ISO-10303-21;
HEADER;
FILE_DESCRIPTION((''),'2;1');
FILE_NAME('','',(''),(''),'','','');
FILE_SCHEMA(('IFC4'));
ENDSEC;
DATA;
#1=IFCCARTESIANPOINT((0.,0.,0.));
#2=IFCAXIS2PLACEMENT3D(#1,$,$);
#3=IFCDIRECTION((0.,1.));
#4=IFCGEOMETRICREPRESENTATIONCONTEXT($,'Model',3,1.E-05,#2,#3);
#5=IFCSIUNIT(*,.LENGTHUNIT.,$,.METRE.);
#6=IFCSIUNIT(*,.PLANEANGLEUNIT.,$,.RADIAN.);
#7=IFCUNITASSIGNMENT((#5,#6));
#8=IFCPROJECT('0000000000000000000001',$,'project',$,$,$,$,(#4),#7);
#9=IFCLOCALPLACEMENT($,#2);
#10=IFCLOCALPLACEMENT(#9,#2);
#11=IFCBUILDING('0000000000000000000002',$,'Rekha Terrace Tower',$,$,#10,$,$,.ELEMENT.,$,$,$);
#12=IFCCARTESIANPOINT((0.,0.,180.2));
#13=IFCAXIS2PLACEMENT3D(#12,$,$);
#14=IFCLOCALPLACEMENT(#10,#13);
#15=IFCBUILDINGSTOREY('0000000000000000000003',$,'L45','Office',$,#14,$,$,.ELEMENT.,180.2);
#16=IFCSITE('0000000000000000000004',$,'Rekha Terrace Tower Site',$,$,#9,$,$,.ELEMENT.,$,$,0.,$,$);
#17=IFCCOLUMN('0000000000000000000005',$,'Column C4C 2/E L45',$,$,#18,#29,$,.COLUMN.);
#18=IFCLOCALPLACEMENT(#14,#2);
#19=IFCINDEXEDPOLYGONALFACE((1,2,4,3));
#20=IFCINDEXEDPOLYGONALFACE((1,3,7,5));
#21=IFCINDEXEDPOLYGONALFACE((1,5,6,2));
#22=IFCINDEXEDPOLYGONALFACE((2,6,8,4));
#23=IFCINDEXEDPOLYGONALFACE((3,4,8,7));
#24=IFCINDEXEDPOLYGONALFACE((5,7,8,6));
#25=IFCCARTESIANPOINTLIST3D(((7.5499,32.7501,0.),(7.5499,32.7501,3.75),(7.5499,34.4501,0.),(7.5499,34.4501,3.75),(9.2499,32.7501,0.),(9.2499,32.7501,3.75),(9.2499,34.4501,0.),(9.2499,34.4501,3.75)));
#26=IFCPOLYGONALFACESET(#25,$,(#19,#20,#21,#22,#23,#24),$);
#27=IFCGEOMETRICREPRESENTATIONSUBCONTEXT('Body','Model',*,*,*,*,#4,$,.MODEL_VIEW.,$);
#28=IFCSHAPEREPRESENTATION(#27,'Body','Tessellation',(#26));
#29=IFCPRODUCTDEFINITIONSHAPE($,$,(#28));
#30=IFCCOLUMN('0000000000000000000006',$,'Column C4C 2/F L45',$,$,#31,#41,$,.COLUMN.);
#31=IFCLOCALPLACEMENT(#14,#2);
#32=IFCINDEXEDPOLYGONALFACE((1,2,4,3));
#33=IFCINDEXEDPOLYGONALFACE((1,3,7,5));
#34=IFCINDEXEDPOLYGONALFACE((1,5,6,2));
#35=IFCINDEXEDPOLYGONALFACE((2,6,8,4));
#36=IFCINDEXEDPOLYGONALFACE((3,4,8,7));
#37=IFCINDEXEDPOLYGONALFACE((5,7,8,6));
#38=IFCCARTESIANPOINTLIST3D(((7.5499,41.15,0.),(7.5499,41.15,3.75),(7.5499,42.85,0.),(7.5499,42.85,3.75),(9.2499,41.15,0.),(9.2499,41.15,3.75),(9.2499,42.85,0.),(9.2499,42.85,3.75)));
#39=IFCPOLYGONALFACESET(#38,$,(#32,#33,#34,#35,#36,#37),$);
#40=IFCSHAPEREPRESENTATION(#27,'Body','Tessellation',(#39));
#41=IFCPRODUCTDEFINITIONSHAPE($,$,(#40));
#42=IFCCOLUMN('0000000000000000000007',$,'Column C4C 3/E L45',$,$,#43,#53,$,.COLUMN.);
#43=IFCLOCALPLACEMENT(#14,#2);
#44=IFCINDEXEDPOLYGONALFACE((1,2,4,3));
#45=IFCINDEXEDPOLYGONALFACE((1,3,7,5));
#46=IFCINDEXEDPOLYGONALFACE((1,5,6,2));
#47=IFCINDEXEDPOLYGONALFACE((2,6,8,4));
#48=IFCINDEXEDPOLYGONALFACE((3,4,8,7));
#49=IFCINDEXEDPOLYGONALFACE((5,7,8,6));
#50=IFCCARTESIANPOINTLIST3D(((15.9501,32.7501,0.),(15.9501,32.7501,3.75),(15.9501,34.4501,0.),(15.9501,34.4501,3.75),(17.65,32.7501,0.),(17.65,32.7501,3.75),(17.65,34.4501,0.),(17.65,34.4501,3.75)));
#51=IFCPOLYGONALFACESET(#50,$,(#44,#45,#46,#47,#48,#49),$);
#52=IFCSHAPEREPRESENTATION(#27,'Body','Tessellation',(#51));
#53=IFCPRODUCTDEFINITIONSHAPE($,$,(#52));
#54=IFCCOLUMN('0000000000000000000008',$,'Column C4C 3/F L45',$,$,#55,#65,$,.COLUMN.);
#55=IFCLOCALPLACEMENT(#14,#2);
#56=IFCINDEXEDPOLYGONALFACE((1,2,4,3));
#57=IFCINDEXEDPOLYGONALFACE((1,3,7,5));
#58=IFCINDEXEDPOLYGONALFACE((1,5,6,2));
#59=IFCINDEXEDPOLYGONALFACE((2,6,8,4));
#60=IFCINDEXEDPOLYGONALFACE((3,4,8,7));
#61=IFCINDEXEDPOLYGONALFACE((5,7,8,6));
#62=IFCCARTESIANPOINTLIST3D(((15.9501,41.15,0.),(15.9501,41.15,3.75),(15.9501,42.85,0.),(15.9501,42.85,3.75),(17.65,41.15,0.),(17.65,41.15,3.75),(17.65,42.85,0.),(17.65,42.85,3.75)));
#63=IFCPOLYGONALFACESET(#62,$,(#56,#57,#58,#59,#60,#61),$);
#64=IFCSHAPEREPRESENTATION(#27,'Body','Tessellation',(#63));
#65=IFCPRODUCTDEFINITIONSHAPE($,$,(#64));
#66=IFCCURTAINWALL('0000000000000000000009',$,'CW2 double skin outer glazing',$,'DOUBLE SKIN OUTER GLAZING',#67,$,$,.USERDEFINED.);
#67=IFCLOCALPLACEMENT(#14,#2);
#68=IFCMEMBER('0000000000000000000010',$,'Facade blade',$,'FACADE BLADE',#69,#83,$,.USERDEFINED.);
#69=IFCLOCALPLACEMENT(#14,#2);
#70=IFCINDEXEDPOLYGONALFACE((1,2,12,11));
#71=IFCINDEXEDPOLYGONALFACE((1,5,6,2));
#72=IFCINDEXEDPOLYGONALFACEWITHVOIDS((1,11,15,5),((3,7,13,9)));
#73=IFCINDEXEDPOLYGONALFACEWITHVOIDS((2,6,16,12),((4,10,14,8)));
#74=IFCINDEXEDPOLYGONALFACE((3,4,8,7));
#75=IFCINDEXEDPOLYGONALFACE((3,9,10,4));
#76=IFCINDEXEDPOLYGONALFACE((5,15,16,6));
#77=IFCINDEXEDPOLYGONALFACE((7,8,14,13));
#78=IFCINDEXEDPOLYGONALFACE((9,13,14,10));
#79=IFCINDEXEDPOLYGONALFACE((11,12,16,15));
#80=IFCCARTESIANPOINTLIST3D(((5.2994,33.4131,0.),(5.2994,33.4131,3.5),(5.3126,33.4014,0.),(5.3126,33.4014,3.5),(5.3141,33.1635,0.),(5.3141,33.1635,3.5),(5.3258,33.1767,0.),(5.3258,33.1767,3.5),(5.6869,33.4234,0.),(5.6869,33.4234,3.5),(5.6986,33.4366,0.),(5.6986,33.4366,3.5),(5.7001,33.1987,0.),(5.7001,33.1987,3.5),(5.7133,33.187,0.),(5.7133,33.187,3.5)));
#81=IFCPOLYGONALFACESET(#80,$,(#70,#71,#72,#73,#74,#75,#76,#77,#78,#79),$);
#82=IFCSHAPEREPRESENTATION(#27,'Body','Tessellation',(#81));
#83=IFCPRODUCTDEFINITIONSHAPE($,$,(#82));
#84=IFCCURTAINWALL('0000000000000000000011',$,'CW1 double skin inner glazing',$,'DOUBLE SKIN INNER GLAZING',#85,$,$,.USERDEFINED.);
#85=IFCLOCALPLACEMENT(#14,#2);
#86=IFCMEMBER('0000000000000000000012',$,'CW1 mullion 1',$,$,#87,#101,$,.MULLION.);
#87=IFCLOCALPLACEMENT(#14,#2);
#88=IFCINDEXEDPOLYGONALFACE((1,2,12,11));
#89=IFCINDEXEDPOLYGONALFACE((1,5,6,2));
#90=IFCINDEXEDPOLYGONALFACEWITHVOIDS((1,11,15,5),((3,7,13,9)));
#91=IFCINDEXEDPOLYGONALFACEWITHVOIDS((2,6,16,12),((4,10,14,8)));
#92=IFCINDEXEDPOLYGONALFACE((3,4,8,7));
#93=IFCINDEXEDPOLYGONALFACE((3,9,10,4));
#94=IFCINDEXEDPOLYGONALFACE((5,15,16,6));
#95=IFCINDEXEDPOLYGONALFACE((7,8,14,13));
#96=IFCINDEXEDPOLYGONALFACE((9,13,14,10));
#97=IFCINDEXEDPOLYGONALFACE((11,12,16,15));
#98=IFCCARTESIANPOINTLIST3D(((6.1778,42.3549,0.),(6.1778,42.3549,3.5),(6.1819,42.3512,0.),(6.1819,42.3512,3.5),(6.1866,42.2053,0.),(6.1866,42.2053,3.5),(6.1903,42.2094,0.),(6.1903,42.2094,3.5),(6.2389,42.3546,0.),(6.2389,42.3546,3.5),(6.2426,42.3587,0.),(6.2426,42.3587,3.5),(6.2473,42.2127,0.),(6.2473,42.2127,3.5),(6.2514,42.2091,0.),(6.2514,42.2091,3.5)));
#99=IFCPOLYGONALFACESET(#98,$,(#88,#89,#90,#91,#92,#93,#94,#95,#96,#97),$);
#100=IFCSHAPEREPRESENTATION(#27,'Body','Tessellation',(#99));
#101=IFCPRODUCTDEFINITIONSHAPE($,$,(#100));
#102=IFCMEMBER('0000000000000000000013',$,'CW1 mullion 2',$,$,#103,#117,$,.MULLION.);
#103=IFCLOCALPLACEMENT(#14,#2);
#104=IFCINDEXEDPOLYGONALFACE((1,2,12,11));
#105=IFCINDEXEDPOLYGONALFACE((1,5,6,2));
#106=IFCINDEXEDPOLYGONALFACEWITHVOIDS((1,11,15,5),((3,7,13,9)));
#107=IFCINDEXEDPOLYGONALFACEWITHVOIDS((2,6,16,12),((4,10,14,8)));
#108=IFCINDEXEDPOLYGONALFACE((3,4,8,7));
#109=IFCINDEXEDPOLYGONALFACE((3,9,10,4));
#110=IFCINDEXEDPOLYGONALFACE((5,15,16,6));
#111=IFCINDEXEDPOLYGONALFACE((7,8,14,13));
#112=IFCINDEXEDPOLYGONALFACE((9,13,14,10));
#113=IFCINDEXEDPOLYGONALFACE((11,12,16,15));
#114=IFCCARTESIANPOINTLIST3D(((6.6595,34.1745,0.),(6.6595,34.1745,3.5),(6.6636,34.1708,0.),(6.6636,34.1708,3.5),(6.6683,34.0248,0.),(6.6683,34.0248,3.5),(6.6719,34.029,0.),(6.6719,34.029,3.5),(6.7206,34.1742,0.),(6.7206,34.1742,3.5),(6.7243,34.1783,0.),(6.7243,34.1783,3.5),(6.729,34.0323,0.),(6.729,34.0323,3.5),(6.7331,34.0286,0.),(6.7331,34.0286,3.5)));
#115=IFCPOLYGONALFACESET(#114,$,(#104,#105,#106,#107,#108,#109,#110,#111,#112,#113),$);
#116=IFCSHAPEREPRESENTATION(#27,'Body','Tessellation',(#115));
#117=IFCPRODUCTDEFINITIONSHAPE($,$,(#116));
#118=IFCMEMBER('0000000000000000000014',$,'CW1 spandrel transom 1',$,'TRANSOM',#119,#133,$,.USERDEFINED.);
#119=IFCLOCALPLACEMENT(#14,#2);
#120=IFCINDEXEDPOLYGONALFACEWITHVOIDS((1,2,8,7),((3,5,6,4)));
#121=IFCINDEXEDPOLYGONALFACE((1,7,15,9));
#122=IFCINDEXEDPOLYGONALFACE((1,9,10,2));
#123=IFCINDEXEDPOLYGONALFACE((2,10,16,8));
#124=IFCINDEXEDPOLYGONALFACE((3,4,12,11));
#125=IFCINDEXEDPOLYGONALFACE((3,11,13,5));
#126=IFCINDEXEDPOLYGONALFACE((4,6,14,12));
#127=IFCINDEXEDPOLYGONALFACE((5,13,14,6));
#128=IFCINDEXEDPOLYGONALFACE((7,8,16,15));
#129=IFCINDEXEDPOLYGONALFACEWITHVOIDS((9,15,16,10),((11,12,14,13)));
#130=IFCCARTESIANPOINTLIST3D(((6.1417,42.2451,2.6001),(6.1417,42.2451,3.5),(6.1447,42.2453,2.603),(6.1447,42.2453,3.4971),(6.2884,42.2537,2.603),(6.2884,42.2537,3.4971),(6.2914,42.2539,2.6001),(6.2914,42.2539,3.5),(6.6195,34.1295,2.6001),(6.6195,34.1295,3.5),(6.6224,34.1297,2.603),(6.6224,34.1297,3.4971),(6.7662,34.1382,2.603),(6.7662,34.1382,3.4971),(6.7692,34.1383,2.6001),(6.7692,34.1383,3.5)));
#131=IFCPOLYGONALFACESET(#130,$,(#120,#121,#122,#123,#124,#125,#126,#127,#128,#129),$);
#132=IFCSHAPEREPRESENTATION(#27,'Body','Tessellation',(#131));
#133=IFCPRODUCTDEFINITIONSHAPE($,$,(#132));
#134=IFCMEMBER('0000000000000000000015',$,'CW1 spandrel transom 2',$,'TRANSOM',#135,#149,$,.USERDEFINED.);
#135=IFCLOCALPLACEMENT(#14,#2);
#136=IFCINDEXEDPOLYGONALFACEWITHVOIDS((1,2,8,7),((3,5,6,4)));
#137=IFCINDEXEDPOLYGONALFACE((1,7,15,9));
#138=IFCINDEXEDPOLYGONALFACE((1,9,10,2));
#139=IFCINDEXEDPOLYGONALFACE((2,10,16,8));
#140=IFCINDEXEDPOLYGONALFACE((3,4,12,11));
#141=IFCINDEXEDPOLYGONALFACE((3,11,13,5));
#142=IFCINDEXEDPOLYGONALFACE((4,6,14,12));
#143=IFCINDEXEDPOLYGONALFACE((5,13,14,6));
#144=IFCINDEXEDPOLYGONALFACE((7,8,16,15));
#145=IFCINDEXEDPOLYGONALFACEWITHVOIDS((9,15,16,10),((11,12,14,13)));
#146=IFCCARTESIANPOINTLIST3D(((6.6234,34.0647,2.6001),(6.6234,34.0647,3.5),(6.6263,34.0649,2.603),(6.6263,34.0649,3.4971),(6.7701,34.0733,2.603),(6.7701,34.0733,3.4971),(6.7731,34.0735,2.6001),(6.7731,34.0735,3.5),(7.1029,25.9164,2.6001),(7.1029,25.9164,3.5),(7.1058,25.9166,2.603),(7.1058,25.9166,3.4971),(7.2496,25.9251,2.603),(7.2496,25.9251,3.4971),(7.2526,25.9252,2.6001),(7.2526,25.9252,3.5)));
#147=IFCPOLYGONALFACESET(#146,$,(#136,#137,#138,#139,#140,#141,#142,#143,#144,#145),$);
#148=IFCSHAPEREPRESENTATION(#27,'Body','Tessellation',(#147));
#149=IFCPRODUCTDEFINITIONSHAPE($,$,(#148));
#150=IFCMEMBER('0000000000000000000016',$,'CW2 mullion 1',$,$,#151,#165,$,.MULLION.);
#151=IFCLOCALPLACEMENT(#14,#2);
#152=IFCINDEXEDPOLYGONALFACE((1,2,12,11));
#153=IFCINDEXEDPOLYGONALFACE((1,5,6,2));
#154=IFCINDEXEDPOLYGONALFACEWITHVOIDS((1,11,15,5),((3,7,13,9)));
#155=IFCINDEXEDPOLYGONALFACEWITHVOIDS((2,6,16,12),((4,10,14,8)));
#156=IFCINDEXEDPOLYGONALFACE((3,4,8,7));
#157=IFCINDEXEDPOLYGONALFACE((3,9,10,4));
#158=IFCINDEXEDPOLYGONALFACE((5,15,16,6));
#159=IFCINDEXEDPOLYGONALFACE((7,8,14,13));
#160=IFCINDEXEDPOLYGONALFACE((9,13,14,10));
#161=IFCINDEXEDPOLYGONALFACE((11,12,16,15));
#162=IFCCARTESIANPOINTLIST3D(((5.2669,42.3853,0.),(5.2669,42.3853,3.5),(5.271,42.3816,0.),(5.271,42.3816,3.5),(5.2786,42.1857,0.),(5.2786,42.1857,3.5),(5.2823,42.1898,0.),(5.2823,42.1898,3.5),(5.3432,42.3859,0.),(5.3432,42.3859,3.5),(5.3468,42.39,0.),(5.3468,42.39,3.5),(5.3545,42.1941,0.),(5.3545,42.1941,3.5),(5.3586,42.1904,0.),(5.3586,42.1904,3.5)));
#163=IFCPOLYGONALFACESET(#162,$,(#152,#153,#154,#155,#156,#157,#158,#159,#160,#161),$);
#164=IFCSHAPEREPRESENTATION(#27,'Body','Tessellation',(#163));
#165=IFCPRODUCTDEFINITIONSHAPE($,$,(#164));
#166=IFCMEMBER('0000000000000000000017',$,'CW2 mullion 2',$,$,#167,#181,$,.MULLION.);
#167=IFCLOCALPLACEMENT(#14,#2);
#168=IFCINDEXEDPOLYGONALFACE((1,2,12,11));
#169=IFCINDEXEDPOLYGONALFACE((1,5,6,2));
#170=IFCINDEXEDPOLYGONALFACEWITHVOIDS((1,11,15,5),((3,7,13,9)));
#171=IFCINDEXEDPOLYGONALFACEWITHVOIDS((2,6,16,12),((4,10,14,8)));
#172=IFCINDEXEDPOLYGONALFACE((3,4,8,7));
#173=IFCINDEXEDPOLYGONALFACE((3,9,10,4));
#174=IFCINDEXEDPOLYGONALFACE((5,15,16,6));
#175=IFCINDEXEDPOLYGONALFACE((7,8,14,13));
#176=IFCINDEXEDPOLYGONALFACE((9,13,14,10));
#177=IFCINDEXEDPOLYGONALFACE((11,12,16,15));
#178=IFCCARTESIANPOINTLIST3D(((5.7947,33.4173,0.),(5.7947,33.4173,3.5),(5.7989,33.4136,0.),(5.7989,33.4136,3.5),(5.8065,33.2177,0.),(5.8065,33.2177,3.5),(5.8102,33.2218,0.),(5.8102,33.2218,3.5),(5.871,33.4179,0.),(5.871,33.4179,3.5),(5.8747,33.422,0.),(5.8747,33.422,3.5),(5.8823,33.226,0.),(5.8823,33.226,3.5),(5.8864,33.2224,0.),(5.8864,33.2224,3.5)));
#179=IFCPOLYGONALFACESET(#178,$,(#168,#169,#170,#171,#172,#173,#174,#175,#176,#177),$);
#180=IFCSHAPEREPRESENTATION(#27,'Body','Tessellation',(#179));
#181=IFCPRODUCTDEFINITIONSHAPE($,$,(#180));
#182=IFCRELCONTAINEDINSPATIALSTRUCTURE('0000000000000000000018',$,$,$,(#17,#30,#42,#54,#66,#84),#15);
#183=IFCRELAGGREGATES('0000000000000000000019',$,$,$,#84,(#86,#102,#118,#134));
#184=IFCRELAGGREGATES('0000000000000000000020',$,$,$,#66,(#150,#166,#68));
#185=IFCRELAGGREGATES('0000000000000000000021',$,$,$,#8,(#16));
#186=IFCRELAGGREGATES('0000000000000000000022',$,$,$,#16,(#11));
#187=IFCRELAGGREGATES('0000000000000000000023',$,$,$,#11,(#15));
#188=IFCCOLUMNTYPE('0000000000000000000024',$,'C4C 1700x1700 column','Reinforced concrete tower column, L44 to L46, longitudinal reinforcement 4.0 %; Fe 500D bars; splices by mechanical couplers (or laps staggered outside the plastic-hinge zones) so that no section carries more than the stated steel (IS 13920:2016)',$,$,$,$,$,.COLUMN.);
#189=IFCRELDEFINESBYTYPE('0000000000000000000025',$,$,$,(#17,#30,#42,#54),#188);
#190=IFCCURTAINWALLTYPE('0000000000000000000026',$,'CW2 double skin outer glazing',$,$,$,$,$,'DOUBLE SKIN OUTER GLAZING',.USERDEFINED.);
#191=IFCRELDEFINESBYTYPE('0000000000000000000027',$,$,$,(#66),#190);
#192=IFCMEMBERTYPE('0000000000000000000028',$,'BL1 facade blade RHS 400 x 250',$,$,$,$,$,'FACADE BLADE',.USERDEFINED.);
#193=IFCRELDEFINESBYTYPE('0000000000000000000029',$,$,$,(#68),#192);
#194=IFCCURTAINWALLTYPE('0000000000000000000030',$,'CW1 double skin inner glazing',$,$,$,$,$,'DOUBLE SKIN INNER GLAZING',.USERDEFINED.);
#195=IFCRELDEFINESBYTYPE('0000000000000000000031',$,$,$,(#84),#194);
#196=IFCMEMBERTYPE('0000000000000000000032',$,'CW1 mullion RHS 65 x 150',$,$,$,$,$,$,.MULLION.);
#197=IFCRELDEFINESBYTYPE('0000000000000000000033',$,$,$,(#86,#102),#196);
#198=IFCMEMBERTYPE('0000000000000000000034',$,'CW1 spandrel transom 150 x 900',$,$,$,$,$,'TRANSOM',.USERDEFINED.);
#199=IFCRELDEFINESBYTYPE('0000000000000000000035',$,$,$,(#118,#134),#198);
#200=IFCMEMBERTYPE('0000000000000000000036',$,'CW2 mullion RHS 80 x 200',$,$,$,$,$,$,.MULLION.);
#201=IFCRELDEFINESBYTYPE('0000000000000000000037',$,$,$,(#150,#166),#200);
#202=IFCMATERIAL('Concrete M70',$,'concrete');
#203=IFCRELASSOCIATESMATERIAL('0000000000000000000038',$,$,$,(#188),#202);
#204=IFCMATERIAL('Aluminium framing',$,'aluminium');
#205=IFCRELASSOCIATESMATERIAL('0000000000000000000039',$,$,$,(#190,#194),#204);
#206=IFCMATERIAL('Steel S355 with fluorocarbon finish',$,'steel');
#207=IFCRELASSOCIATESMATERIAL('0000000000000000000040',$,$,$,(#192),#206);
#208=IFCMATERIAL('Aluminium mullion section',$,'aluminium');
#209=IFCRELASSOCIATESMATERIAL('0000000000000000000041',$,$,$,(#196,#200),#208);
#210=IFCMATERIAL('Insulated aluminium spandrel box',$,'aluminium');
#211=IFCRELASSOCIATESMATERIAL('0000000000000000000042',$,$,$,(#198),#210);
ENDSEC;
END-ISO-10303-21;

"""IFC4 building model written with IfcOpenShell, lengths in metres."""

from ifc_helpers import new_model, si_unit, direction, frame, origin, origin_2d, place, context, subcontext, project, spatial, rectangle, hollow_rectangle, extrude, material, material_profile, profile_set, type_object, element, aggregate, save


model = new_model("IFC4")

# Units and contexts
model_context = context("Model", 3, precision=1e-05, world=origin(), true_north=direction((0.0, 1.0)))
body_context = subcontext(model_context, "Body", "Model", "MODEL_VIEW")
ifc_project = project(units=[si_unit("LENGTHUNIT", "METRE"), si_unit("PLANEANGLEUNIT", "RADIAN")], contexts=[model_context])

# Site, building, storey
site_placement = place(None, origin())
site = spatial("IfcSite", under=ifc_project, at=site_placement, Name="Rekha Terrace Tower Site", CompositionType="ELEMENT", RefElevation=0.0)
building_placement = place(site_placement, origin())
building = spatial("IfcBuilding", under=site, at=building_placement, Name="Rekha Terrace Tower", CompositionType="ELEMENT")
storey_placement = place(building_placement, frame((0.0, 0.0, 180.2)))
storey = spatial("IfcBuildingStorey", under=building, at=storey_placement, Name="L45", Description="Office", CompositionType="ELEMENT", Elevation=180.2)

# Columns
ifc_material_1 = material(Name="Concrete M70", Category="concrete")
ifc_material_profile_1 = material_profile(ifc_material_1, rectangle(XDim=1.7, YDim=1.7, at=origin_2d()), Name="RC 1700x1700")
ifc_profile_set_1 = profile_set([ifc_material_profile_1], Name="Concrete M70")
column_type = type_object("IfcColumnType", Name="C4C 1700x1700 column", Description="Reinforced concrete tower column, L44 to L46, longitudinal reinforcement 4.0 %; Fe 500D bars; splices by mechanical couplers (or laps staggered outside the plastic-hinge zones) so that no section carries more than the stated steel (IS 13920:2016)", PredefinedType="COLUMN", material=ifc_profile_set_1)
for number, where, z_axis, x_axis, name in (
    (1, (8.3999, 33.6001, 0.0), (0.0, 0.0, 1.0), (1.0, 0.0, 0.0), "Column C4C 2/E L45"),
    (2, (8.3999, 42.0, 0.0), (0.0, 0.0, 1.0), (1.0, 0.0, 0.0), "Column C4C 2/F L45"),
    (3, (16.8, 33.6001, 0.0), (0.0, 0.0, 1.0), (1.0, 0.0, 0.0), "Column C4C 3/E L45"),
    (4, (16.8, 42.0, 0.0), (0.0, 0.0, 1.0), (1.0, 0.0, 0.0), "Column C4C 3/F L45"),
):
    element("IfcColumn", number, at=place(storey_placement, frame(where, z_axis=z_axis, x_axis=x_axis)), inside=storey, type_object=column_type, Name=name, PredefinedType="COLUMN", context=body_context, shape_type="SweptSolid", body=[
        extrude(rectangle(XDim=1.7, YDim=1.7, at=origin_2d()), origin(), (0.0, 0.0, 1.0), 3.75),
    ])

# Curtain wall, member
ifc_material_2 = material(Name="Aluminium framing", Category="aluminium")
curtain_wall_type_1 = type_object("IfcCurtainWallType", Name="CW2 double skin outer glazing", ElementType="DOUBLE SKIN OUTER GLAZING", PredefinedType="USERDEFINED", material=ifc_material_2)
curtain_wall_1_placement = place(storey_placement, origin())
curtain_wall_1 = element("IfcCurtainWall", 5, at=curtain_wall_1_placement, inside=storey, type_object=curtain_wall_type_1, Name="CW2 double skin outer glazing", ObjectType="DOUBLE SKIN OUTER GLAZING", PredefinedType="USERDEFINED")
ifc_material_3 = material(Name="Steel S355 with fluorocarbon finish", Category="steel")
ifc_material_profile_2 = material_profile(ifc_material_3, hollow_rectangle(XDim=0.25, YDim=0.3999, WallThickness=0.0125, at=origin_2d()), Name="RHS400x250x12.5")
ifc_profile_set_2 = profile_set([ifc_material_profile_2], Name="Steel S355 with fluorocarbon finish")
member_type_1 = type_object("IfcMemberType", Name="BL1 facade blade RHS 400 x 250", ElementType="FACADE BLADE", PredefinedType="USERDEFINED", material=ifc_profile_set_2)
member_1_placement = place(storey_placement, frame((5.5063, 33.3, 0.0), z_axis=(0.0, 0.0, 1.0), x_axis=(0.058765, -0.998272, 0.0)))
member_1 = element("IfcMember", 6, at=member_1_placement, type_object=member_type_1, Name="Facade blade", ObjectType="FACADE BLADE", PredefinedType="USERDEFINED", context=body_context, shape_type="SweptSolid", body=[
    extrude(hollow_rectangle(XDim=0.25, YDim=0.3999, WallThickness=0.0125, at=origin_2d()), origin(), (0.0, 0.0, 1.0), 3.5),
])

# Curtain wall, members
curtain_wall_type_2 = type_object("IfcCurtainWallType", Name="CW1 double skin inner glazing", ElementType="DOUBLE SKIN INNER GLAZING", PredefinedType="USERDEFINED", material=ifc_material_2)
curtain_wall_2_placement = place(storey_placement, origin())
curtain_wall_2 = element("IfcCurtainWall", 7, at=curtain_wall_2_placement, inside=storey, type_object=curtain_wall_type_2, Name="CW1 double skin inner glazing", ObjectType="DOUBLE SKIN INNER GLAZING", PredefinedType="USERDEFINED")
ifc_material_4 = material(Name="Aluminium mullion section", Category="aluminium")
ifc_material_profile_3 = material_profile(ifc_material_4, hollow_rectangle(XDim=0.0649, YDim=0.1499, WallThickness=0.0039, at=origin_2d()), Name="AL RHS 65x150")
ifc_profile_set_3 = profile_set([ifc_material_profile_3], Name="Aluminium mullion section")
member_type_2 = type_object("IfcMemberType", Name="CW1 mullion RHS 65 x 150", PredefinedType="MULLION", material=ifc_profile_set_3)
member_2_placement = place(storey_placement, frame((6.2146, 42.282, 0.0), z_axis=(0.0, 0.0, 1.0), x_axis=(0.998272, 0.058765, 0.0)))
member_2 = element("IfcMember", 8, at=member_2_placement, type_object=member_type_2, Name="CW1 mullion 1", PredefinedType="MULLION", context=body_context, shape_type="SweptSolid", body=[
    extrude(hollow_rectangle(XDim=0.0649, YDim=0.1499, WallThickness=0.0039, at=origin_2d()), origin(), (0.0, 0.0, 1.0), 3.5),
])
member_3_placement = place(storey_placement, frame((6.6963, 34.1016, 0.0), z_axis=(0.0, 0.0, 1.0), x_axis=(0.998272, 0.058765, 0.0)))
member_3 = element("IfcMember", 9, at=member_3_placement, type_object=member_type_2, Name="CW1 mullion 2", PredefinedType="MULLION", context=body_context, shape_type="SweptSolid", body=[
    extrude(hollow_rectangle(XDim=0.0649, YDim=0.1499, WallThickness=0.0039, at=origin_2d()), origin(), (0.0, 0.0, 1.0), 3.5),
])
ifc_material_5 = material(Name="Insulated aluminium spandrel box", Category="aluminium")
ifc_material_profile_4 = material_profile(ifc_material_5, hollow_rectangle(XDim=0.1499, YDim=0.8999, WallThickness=0.0029, at=origin_2d()), Name="AL SPANDREL BOX 150x900")
ifc_profile_set_4 = profile_set([ifc_material_profile_4], Name="Insulated aluminium spandrel box")
member_type_3 = type_object("IfcMemberType", Name="CW1 spandrel transom 150 x 900", ElementType="TRANSOM", PredefinedType="USERDEFINED", material=ifc_profile_set_4)
member_4_placement = place(storey_placement, frame((6.2166, 42.2495, 3.05), z_axis=(0.058771, -0.998271, 0.0), x_axis=(0.998271, 0.058771, 0.0)))
member_4 = element("IfcMember", 10, at=member_4_placement, type_object=member_type_3, Name="CW1 spandrel transom 1", ObjectType="TRANSOM", PredefinedType="USERDEFINED", context=body_context, shape_type="SweptSolid", body=[
    extrude(hollow_rectangle(XDim=0.1499, YDim=0.8999, WallThickness=0.0029, at=origin_2d()), origin(), (0.0, 0.0, 1.0), 8.1296),
])
member_5_placement = place(storey_placement, frame((6.6982, 34.0691, 3.05), z_axis=(0.058745, -0.998273, 0.0), x_axis=(0.998273, 0.058745, 0.0)))
member_5 = element("IfcMember", 11, at=member_5_placement, type_object=member_type_3, Name="CW1 spandrel transom 2", ObjectType="TRANSOM", PredefinedType="USERDEFINED", context=body_context, shape_type="SweptSolid", body=[
    extrude(hollow_rectangle(XDim=0.1499, YDim=0.8999, WallThickness=0.0029, at=origin_2d()), origin(), (0.0, 0.0, 1.0), 8.1624),
])

# Members
ifc_material_profile_5 = material_profile(ifc_material_4, hollow_rectangle(XDim=0.0801, YDim=0.2, WallThickness=0.0039, at=origin_2d()), Name="AL RHS 80x200")
ifc_profile_set_5 = profile_set([ifc_material_profile_5], Name="Aluminium mullion section")
member_type_4 = type_object("IfcMemberType", Name="CW2 mullion RHS 80 x 200", PredefinedType="MULLION", material=ifc_profile_set_5)
member_6_placement = place(storey_placement, frame((5.3127, 42.2878, 0.0), z_axis=(0.0, 0.0, 1.0), x_axis=(0.998272, 0.058765, 0.0)))
member_6 = element("IfcMember", 12, at=member_6_placement, type_object=member_type_4, Name="CW2 mullion 1", PredefinedType="MULLION", context=body_context, shape_type="SweptSolid", body=[
    extrude(hollow_rectangle(XDim=0.0801, YDim=0.2, WallThickness=0.0039, at=origin_2d()), origin(), (0.0, 0.0, 1.0), 3.5),
])
member_7_placement = place(storey_placement, frame((5.8406, 33.3198, 0.0), z_axis=(0.0, 0.0, 1.0), x_axis=(0.998272, 0.058765, 0.0)))
member_7 = element("IfcMember", 13, at=member_7_placement, type_object=member_type_4, Name="CW2 mullion 2", PredefinedType="MULLION", context=body_context, shape_type="SweptSolid", body=[
    extrude(hollow_rectangle(XDim=0.0801, YDim=0.2, WallThickness=0.0039, at=origin_2d()), origin(), (0.0, 0.0, 1.0), 3.5),
])

aggregate(curtain_wall_2, [member_2, member_3, member_4, member_5])
aggregate(curtain_wall_1, [member_6, member_7, member_1])

save(model, "model.ifc")
